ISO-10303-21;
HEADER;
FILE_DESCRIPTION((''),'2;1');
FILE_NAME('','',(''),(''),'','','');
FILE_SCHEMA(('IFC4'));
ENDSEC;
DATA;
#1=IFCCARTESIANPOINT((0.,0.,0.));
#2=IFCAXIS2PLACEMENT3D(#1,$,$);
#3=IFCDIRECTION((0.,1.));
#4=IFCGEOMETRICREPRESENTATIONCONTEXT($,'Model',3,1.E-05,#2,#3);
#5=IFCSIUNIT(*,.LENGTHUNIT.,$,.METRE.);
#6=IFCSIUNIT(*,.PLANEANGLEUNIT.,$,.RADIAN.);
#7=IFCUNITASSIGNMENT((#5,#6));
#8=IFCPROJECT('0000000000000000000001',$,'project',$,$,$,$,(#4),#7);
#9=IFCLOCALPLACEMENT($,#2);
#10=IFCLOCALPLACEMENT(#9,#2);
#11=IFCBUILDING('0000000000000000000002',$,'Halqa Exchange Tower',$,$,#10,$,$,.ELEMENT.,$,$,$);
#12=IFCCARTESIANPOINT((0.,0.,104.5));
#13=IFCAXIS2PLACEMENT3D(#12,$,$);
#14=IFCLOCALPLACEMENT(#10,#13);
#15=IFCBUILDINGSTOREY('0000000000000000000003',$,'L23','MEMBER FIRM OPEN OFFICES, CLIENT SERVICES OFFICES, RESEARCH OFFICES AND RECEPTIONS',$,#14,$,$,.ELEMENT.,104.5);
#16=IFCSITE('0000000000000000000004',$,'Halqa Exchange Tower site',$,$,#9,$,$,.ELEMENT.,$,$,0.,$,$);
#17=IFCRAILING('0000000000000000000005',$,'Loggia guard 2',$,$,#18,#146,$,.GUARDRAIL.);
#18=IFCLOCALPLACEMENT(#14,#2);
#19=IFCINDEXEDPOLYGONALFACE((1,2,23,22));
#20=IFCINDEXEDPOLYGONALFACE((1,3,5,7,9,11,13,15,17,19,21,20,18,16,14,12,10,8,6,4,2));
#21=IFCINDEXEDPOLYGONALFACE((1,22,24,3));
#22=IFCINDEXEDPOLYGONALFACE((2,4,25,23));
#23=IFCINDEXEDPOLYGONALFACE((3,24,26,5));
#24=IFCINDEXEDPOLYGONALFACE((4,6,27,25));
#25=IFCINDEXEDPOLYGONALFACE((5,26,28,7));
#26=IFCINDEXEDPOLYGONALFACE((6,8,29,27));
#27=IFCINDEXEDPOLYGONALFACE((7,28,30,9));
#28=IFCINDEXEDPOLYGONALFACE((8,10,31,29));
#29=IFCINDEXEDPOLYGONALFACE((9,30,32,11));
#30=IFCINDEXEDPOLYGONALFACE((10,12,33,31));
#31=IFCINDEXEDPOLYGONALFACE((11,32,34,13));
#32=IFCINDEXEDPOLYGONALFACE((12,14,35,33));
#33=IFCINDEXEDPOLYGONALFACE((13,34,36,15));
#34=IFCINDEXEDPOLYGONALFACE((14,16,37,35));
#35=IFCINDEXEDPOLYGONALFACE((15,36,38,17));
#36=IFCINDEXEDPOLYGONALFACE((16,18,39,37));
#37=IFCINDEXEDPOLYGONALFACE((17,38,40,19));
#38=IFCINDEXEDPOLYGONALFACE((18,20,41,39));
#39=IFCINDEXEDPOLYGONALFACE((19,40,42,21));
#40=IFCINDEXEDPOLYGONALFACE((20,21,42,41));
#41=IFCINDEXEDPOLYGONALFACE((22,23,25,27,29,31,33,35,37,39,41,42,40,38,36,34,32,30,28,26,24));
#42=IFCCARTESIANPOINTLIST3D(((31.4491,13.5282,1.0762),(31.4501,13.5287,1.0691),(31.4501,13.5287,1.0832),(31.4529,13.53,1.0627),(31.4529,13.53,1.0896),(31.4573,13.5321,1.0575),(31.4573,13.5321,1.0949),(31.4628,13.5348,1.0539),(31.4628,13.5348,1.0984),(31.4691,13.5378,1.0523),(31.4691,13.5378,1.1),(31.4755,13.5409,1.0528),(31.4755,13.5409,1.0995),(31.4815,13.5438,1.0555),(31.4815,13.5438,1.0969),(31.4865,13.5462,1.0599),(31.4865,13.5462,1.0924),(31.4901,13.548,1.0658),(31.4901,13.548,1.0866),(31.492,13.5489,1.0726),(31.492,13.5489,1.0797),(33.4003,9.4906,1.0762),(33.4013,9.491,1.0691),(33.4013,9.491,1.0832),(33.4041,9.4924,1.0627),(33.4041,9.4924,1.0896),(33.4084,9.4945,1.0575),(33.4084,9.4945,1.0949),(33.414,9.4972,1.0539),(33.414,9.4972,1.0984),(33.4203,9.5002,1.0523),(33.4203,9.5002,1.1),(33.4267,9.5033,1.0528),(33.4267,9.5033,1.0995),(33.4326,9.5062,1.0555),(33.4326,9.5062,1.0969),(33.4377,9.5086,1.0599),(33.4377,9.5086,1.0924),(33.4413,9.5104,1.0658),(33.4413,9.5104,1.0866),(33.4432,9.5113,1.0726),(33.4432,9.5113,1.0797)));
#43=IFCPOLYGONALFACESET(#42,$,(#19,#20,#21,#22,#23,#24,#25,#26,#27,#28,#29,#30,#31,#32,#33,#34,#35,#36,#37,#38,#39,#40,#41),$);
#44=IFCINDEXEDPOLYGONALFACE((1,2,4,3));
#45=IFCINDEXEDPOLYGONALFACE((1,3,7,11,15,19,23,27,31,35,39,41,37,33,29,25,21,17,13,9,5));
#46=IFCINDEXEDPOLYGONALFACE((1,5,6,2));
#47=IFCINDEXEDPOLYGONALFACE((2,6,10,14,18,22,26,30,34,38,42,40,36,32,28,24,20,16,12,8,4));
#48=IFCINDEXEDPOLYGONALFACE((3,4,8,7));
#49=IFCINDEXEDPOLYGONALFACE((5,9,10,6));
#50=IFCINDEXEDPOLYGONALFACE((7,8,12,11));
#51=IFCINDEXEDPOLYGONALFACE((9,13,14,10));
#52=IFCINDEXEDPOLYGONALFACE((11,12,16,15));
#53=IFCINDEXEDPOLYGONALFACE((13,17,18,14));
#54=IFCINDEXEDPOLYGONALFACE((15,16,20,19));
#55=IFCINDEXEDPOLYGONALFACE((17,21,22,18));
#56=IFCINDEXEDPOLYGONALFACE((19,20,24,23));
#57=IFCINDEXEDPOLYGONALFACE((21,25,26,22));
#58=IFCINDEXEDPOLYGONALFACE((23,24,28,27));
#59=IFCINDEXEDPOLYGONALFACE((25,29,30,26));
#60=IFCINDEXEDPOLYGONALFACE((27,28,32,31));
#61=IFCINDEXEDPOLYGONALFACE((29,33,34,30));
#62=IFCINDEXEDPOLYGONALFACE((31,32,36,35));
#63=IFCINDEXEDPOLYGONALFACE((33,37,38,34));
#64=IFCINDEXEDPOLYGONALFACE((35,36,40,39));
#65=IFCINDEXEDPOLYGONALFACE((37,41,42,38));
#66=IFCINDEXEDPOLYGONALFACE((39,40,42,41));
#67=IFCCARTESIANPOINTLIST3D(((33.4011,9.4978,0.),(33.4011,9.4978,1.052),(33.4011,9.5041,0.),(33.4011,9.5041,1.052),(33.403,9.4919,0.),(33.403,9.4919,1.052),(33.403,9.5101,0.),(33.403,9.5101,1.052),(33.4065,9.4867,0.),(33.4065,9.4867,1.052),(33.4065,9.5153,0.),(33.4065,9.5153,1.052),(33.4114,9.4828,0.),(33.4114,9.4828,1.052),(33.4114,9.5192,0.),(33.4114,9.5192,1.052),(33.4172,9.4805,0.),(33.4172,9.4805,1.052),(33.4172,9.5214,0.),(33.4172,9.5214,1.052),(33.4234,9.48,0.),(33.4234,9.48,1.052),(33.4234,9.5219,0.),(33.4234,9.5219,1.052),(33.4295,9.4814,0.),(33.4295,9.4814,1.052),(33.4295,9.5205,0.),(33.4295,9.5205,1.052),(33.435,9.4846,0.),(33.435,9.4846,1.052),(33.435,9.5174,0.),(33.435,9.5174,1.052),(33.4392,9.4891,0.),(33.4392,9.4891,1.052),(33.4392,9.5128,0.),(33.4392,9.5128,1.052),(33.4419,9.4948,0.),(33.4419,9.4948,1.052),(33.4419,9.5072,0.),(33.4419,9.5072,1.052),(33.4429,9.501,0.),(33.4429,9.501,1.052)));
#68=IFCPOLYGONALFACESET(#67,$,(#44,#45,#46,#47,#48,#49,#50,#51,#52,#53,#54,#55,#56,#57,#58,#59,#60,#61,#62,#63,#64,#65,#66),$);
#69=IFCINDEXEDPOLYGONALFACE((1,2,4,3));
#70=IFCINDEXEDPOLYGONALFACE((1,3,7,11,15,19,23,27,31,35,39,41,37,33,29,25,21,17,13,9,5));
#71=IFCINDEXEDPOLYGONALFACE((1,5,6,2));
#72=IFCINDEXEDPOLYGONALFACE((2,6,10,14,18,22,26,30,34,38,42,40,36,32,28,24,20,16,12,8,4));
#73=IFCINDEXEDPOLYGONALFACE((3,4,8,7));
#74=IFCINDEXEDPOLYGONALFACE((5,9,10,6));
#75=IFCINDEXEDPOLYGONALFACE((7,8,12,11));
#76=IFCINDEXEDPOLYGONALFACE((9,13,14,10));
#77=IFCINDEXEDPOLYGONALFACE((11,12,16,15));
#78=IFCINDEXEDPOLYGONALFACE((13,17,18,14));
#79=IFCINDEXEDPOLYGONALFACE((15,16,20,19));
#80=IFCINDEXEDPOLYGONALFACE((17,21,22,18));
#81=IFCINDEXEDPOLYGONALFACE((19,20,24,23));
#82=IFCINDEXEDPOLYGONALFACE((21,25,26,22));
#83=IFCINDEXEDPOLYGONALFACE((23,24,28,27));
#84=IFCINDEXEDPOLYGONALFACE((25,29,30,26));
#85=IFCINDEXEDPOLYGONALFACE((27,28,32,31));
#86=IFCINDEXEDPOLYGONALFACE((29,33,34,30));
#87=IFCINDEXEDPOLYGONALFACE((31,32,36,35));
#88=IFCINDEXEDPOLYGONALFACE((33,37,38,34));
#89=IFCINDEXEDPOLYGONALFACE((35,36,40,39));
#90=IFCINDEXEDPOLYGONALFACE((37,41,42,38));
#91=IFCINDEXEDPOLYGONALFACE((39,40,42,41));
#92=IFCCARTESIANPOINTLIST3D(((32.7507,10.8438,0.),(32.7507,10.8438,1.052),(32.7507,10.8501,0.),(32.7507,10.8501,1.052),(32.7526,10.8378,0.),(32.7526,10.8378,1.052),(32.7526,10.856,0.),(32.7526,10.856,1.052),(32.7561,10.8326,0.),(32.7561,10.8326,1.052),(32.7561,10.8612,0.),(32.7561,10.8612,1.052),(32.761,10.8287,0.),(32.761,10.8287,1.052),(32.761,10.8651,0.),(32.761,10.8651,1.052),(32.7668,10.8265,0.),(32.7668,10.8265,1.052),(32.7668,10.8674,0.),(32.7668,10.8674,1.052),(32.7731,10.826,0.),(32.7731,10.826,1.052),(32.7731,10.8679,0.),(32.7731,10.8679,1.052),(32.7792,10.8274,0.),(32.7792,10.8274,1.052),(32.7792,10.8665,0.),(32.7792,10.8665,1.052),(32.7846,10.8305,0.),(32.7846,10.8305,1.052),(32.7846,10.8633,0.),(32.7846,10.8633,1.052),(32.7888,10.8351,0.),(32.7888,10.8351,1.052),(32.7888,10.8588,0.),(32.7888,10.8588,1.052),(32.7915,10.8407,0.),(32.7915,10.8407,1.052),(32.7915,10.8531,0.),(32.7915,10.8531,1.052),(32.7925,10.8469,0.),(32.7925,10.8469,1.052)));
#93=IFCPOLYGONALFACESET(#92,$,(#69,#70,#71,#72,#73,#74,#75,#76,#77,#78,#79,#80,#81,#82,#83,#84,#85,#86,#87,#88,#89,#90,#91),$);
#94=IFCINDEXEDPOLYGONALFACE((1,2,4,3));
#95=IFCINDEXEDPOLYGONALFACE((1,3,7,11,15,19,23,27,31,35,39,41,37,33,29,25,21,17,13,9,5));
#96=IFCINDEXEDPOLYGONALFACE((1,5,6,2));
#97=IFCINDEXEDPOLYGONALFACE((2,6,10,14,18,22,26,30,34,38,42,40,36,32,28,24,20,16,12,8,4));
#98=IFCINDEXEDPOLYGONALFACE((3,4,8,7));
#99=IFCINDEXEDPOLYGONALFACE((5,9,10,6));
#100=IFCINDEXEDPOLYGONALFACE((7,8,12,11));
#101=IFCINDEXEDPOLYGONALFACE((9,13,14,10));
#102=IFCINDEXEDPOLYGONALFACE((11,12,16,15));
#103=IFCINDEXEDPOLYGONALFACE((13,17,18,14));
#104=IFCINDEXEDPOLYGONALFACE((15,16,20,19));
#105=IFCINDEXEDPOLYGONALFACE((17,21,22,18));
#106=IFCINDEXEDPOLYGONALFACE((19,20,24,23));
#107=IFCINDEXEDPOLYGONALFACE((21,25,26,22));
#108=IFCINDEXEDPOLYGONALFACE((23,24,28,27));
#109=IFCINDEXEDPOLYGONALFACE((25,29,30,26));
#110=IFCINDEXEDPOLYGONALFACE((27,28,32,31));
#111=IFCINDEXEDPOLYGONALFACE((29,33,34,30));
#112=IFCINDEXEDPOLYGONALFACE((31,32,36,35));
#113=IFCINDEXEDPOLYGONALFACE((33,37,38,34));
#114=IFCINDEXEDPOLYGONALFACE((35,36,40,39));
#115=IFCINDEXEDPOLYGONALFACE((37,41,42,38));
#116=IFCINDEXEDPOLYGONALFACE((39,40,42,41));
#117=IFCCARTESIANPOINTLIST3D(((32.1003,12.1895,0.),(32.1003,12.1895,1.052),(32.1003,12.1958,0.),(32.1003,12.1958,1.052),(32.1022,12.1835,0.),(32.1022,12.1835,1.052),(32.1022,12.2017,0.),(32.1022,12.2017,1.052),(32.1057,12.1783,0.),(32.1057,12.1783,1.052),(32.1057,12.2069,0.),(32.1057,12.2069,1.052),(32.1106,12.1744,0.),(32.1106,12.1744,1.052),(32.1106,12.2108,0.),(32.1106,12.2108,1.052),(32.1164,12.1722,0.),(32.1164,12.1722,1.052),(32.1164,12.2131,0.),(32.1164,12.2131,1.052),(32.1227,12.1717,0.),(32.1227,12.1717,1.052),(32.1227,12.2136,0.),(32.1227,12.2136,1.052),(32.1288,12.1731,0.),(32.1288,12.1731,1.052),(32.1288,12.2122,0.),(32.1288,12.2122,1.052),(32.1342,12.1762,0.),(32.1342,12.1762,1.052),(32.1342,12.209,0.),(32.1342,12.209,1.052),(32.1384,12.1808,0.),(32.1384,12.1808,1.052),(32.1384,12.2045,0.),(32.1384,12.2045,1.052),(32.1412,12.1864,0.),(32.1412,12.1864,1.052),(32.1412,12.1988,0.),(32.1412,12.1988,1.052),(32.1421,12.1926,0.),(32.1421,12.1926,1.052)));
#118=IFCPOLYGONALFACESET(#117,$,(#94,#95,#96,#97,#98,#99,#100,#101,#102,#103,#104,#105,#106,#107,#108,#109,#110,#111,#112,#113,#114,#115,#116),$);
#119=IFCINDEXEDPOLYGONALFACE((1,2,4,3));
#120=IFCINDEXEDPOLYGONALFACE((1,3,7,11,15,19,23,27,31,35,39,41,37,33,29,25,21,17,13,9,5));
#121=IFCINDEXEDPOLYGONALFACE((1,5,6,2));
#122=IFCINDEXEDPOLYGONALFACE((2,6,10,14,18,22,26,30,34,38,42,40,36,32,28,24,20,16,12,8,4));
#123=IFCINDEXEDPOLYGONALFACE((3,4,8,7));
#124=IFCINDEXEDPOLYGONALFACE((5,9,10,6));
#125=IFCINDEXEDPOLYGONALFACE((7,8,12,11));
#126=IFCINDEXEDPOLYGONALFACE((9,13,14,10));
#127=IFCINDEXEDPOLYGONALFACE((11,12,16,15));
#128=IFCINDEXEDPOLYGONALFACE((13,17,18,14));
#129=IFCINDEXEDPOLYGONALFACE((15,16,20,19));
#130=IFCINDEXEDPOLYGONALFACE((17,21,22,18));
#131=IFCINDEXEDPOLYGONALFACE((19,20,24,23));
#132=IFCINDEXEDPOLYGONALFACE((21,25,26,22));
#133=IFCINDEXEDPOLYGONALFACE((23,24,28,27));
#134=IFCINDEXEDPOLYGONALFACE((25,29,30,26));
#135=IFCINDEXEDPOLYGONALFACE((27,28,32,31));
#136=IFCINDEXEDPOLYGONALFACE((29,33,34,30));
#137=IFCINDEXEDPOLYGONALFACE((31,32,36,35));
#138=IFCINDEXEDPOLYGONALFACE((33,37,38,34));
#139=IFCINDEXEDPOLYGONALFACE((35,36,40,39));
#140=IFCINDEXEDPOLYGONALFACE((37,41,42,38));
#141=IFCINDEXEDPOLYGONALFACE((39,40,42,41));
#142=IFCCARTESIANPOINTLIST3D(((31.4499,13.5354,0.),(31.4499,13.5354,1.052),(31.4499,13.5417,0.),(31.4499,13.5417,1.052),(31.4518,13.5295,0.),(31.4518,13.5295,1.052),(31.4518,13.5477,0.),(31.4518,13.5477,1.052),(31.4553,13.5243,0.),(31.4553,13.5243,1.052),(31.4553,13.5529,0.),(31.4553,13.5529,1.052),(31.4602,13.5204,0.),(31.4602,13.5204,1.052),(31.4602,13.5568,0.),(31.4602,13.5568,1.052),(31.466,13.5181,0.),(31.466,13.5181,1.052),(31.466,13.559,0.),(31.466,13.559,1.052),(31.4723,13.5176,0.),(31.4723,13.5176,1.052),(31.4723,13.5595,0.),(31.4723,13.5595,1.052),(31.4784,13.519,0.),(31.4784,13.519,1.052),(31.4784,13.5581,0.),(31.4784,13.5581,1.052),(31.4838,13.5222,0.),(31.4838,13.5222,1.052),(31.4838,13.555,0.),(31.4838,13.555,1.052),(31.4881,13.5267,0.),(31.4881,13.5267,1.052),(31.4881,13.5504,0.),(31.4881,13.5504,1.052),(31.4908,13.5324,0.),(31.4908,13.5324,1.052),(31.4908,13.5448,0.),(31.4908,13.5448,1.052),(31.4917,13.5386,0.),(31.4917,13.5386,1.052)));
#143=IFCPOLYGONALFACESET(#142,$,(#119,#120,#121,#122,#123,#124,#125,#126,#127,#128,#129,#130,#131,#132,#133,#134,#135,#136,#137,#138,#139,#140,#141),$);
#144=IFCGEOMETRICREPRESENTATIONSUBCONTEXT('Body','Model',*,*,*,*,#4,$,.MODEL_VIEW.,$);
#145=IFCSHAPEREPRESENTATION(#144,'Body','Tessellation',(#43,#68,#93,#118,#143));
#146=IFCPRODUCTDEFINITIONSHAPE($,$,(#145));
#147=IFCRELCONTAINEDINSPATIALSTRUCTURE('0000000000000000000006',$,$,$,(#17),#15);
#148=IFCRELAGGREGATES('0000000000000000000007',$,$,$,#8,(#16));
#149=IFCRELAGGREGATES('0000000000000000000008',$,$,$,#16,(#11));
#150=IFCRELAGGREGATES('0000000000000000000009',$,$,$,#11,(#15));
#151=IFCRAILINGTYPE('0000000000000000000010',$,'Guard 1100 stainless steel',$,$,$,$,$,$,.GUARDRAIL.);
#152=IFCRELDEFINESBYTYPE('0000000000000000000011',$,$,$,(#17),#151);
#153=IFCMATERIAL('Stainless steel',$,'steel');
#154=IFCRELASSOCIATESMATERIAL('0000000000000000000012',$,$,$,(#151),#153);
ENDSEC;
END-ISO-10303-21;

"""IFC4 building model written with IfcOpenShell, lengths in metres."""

from ifc_helpers import new_model, si_unit, direction, frame, origin, origin_2d, place, context, subcontext, project, spatial, circle, extrude, material, type_object, element, save


model = new_model("IFC4")

# Units and contexts
model_context = context("Model", 3, precision=1e-05, world=origin(), true_north=direction((0.0, 1.0)))
body_context = subcontext(model_context, "Body", "Model", "MODEL_VIEW")
ifc_project = project(units=[si_unit("LENGTHUNIT", "METRE"), si_unit("PLANEANGLEUNIT", "RADIAN")], contexts=[model_context])

# Site, building, storey
site_placement = place(None, origin())
site = spatial("IfcSite", under=ifc_project, at=site_placement, Name="Halqa Exchange Tower site", CompositionType="ELEMENT", RefElevation=0.0)
building_placement = place(site_placement, origin())
building = spatial("IfcBuilding", under=site, at=building_placement, Name="Halqa Exchange Tower", CompositionType="ELEMENT")
storey_placement = place(building_placement, frame((0.0, 0.0, 104.5)))
storey = spatial("IfcBuildingStorey", under=building, at=storey_placement, Name="L23", Description="MEMBER FIRM OPEN OFFICES, CLIENT SERVICES OFFICES, RESEARCH OFFICES AND RECEPTIONS", CompositionType="ELEMENT", Elevation=104.5)

# Railing
ifc_material_1 = material(Name="Stainless steel", Category="steel")
railing_type = type_object("IfcRailingType", Name="Guard 1100 stainless steel", PredefinedType="GUARDRAIL", material=ifc_material_1)
railing_1_placement = place(storey_placement, frame((33.4219, 9.501, 0.0)))
element("IfcRailing", 1, at=railing_1_placement, inside=storey, type_object=railing_type, Name="Loggia guard 2", PredefinedType="GUARDRAIL", context=body_context, shape_type="SweptSolid", body=[
    extrude(circle(Radius=0.0239, at=origin_2d()), frame((0.0, 0.0, 1.0762), z_axis=(-0.435108, 0.900378, 0.0), x_axis=(-0.900378, -0.435108, 0.0)), (0.0, 0.0, 1.0), 4.4844),
    extrude(circle(Radius=0.021, at=origin_2d()), origin(), (0.0, 0.0, 1.0), 1.052),
    extrude(circle(Radius=0.021, at=origin_2d()), frame((-0.6504, 1.3459, 0.0)), (0.0, 0.0, 1.0), 1.052),
    extrude(circle(Radius=0.021, at=origin_2d()), frame((-1.3008, 2.6917, 0.0)), (0.0, 0.0, 1.0), 1.052),
    extrude(circle(Radius=0.021, at=origin_2d()), frame((-1.9512, 4.0376, 0.0)), (0.0, 0.0, 1.0), 1.052),
])

save(model, "model.ifc")
